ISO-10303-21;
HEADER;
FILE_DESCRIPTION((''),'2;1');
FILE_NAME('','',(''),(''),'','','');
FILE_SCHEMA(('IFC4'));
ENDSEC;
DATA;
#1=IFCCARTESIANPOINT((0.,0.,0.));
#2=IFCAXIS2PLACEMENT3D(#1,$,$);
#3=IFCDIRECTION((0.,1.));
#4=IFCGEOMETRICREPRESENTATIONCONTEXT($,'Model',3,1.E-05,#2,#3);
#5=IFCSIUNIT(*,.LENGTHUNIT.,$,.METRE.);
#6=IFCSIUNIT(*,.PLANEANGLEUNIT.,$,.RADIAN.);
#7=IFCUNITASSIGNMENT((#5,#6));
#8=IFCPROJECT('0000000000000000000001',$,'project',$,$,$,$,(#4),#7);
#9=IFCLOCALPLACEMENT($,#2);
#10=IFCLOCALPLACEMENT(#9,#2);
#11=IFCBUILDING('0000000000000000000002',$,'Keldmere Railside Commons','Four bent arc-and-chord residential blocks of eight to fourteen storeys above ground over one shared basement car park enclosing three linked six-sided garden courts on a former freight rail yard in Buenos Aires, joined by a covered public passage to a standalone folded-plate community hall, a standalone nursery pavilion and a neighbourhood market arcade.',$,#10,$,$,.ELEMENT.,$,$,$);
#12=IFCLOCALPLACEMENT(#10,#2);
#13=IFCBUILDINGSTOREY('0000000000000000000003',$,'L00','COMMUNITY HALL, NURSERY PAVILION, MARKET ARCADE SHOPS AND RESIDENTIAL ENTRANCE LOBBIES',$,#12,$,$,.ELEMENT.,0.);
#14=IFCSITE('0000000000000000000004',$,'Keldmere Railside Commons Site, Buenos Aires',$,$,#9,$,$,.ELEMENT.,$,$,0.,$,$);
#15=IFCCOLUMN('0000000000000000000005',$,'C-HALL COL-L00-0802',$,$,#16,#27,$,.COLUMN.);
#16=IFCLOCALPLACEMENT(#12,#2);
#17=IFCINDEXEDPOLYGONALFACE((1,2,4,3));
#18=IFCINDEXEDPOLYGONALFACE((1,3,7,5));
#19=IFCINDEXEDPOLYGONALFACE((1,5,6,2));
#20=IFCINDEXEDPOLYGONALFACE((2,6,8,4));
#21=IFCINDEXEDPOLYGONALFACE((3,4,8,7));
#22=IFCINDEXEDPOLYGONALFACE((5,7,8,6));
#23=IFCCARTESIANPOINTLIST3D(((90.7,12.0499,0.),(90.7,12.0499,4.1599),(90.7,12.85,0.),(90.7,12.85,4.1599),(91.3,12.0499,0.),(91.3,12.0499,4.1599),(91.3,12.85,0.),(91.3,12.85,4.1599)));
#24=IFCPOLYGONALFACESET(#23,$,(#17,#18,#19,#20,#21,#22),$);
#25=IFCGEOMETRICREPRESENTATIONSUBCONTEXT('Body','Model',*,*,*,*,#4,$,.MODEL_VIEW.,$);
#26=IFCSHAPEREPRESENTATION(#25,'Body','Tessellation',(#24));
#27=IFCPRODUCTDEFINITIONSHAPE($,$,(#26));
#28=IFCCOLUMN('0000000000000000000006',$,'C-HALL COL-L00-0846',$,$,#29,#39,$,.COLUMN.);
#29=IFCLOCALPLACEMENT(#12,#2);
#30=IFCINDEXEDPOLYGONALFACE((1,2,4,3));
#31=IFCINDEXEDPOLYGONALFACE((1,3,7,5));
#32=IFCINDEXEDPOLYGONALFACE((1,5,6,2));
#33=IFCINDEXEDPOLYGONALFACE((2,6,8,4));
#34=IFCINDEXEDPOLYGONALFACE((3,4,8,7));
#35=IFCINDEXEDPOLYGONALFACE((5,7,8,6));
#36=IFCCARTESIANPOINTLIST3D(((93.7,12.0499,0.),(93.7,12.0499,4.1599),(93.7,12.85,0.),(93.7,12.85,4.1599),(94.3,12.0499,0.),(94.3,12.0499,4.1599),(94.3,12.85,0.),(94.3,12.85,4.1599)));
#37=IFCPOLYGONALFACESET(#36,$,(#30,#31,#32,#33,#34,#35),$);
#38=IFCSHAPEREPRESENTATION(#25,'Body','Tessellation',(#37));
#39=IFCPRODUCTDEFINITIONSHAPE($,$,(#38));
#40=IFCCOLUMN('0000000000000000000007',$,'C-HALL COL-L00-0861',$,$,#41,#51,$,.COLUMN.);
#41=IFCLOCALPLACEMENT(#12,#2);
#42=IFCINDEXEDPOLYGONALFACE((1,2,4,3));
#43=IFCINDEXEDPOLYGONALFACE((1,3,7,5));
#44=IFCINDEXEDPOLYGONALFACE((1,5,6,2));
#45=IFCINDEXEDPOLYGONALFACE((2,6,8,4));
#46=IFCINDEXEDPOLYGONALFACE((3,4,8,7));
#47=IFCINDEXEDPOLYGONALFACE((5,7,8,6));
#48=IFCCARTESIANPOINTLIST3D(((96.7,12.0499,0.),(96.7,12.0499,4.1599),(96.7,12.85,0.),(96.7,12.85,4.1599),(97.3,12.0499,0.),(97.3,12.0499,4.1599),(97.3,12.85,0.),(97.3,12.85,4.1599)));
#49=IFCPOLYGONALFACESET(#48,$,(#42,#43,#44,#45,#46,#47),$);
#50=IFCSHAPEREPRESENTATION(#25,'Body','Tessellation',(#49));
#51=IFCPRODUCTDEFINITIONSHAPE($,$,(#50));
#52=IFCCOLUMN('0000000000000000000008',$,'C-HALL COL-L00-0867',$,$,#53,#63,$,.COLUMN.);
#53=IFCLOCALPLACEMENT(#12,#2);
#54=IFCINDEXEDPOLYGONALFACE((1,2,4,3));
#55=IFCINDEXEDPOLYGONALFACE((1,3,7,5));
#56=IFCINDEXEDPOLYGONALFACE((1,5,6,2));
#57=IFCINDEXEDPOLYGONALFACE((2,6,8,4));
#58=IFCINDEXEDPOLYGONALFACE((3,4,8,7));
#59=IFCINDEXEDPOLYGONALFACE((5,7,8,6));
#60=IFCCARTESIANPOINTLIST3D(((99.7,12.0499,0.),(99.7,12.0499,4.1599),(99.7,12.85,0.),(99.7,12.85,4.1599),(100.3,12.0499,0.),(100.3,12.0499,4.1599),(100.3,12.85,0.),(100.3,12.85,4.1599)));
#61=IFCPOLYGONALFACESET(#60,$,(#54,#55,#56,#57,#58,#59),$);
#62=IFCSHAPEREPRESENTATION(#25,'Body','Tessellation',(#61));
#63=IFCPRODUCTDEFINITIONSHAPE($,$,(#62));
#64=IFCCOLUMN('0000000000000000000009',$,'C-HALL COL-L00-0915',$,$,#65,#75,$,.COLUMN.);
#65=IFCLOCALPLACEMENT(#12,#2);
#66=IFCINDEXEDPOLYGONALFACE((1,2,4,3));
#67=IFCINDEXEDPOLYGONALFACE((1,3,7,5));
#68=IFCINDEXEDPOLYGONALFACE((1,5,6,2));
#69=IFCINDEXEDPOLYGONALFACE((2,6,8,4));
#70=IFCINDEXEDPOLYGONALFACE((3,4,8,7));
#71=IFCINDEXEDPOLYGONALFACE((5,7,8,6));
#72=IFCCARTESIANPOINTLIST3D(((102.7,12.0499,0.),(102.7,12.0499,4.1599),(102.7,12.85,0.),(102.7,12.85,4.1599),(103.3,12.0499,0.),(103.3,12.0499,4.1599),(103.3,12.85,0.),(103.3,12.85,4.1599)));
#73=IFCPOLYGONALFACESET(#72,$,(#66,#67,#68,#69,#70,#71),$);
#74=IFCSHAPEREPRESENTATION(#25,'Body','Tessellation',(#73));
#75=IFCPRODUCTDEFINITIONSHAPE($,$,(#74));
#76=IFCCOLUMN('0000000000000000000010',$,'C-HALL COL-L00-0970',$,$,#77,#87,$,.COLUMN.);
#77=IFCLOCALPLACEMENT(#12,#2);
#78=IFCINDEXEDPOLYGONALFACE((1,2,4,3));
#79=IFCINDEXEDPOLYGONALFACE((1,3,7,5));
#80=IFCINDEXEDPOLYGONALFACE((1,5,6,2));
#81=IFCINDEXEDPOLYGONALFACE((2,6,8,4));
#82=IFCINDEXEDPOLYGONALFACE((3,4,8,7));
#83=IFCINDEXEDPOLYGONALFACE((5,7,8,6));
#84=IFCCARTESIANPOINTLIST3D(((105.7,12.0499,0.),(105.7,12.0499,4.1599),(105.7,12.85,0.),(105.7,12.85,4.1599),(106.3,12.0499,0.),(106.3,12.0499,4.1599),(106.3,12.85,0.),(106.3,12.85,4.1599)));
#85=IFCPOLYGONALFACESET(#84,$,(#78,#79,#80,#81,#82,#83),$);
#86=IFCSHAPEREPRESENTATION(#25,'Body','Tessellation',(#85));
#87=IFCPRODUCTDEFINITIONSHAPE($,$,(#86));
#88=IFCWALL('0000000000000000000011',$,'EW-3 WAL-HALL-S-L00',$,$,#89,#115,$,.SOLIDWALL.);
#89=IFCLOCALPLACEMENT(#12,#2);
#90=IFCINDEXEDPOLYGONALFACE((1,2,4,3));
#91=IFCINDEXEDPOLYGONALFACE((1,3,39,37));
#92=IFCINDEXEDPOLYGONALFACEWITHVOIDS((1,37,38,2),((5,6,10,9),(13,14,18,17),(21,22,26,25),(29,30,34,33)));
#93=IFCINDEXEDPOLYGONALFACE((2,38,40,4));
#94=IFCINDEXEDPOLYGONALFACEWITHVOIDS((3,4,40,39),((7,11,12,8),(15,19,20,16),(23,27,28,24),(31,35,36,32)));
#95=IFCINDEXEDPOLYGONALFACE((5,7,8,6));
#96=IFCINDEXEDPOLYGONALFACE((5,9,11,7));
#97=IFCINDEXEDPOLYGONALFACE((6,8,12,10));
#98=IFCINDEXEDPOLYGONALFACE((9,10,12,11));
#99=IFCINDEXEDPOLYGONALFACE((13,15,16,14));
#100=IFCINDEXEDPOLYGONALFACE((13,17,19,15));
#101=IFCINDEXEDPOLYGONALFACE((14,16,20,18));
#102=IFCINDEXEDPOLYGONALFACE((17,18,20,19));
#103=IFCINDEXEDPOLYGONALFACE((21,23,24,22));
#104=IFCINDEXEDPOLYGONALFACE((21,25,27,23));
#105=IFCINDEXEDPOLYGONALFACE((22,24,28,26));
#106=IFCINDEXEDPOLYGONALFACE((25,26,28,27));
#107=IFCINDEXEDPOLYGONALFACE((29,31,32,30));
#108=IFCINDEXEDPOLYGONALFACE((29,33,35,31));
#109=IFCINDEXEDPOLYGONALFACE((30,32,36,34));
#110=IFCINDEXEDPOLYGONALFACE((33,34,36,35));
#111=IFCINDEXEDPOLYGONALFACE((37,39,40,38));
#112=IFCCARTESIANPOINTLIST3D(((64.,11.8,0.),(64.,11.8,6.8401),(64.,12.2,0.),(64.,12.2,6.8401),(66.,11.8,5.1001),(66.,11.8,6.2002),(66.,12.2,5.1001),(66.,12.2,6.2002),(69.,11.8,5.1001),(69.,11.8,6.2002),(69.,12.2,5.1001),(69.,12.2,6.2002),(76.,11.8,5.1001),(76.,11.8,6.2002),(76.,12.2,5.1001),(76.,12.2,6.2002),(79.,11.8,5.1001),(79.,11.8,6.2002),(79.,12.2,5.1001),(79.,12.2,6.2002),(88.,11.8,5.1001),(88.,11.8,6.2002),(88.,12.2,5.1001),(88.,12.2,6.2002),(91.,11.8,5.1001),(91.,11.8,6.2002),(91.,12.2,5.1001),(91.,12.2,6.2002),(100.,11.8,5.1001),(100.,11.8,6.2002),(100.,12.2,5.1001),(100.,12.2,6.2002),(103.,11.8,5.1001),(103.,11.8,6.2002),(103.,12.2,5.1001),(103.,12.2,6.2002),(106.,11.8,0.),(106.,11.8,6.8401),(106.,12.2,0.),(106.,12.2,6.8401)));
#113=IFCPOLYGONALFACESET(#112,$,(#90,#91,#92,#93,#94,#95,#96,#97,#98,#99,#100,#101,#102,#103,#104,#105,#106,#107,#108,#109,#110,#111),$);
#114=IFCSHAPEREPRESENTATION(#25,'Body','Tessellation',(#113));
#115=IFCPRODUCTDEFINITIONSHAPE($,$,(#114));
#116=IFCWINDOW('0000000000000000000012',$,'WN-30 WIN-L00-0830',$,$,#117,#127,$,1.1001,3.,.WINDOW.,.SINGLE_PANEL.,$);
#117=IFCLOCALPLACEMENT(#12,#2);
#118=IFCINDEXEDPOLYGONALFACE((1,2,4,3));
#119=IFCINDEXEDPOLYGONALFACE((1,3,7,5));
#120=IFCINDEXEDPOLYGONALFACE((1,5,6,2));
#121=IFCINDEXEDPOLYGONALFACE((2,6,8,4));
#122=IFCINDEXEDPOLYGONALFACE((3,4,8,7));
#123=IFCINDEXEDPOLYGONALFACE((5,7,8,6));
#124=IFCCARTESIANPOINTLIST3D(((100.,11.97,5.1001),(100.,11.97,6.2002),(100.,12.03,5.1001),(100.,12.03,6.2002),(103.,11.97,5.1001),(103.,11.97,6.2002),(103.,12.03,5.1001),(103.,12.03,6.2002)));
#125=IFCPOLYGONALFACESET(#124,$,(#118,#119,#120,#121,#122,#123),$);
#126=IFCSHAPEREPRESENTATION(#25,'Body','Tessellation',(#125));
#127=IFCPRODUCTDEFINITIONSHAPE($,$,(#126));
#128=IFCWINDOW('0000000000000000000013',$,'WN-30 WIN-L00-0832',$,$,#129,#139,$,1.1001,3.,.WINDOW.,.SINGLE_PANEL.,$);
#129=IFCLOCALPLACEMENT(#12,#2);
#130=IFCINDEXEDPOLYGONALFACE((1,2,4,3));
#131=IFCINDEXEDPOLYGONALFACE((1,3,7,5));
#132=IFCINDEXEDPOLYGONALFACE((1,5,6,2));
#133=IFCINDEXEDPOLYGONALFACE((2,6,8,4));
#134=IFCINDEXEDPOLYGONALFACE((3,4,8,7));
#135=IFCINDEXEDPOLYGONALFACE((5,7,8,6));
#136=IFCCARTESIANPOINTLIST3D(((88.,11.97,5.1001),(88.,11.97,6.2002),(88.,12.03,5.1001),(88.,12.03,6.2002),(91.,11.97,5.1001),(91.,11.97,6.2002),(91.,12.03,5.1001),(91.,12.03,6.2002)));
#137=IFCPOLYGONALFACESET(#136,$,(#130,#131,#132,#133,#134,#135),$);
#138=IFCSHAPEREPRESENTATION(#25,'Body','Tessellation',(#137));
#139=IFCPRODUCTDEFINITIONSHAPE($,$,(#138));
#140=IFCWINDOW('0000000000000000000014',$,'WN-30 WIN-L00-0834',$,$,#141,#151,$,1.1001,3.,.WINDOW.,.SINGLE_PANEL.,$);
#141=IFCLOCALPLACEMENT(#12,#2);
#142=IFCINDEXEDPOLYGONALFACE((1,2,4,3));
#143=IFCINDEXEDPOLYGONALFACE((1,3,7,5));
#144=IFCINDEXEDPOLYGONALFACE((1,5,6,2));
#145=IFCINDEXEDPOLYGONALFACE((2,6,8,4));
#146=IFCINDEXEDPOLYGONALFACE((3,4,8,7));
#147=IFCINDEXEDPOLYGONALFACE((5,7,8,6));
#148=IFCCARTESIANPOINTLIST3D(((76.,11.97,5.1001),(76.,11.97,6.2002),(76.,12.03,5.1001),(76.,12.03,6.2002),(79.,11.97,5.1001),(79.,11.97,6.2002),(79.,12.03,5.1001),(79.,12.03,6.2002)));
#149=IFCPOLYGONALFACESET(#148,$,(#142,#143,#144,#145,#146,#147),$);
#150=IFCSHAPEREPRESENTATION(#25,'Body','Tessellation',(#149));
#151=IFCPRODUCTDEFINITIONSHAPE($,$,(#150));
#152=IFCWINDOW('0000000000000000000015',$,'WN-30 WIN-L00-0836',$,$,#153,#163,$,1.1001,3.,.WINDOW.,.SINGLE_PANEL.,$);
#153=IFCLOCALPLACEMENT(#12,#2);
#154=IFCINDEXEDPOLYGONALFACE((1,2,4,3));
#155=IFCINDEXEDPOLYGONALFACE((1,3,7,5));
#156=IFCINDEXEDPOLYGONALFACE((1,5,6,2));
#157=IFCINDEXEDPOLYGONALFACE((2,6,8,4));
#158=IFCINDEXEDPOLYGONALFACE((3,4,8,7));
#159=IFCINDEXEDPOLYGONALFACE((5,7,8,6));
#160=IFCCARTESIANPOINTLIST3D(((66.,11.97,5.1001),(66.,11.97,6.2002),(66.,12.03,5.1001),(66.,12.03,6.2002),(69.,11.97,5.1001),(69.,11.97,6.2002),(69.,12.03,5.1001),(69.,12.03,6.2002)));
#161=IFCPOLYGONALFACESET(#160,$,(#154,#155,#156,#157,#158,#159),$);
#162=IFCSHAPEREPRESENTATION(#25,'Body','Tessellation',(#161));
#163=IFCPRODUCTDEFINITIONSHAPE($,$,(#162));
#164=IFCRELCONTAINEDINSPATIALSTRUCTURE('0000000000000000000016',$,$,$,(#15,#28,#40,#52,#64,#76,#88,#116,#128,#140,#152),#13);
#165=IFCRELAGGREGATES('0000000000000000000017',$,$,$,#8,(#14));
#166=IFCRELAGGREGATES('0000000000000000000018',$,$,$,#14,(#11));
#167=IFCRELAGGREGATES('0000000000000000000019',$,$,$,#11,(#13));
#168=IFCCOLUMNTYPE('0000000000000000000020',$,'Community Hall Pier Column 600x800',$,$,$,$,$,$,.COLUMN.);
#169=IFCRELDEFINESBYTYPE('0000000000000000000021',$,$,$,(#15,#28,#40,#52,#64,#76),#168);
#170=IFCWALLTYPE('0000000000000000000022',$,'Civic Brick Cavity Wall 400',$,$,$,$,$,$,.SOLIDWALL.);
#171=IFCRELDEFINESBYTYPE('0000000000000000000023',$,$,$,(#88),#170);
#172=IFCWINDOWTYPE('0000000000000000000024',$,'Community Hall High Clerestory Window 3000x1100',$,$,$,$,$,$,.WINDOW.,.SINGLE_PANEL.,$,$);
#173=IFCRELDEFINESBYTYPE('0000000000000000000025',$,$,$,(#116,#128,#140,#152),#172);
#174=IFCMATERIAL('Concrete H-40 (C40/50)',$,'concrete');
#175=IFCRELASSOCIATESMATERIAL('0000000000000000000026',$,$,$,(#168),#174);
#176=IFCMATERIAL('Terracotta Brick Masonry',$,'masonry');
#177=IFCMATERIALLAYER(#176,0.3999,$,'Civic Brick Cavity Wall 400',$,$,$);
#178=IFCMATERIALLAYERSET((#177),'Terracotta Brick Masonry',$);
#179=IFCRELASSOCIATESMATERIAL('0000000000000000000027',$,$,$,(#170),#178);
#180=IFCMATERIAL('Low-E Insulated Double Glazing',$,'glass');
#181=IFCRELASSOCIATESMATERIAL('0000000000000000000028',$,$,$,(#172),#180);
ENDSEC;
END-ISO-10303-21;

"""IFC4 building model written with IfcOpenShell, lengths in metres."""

from ifc_helpers import new_model, si_unit, direction, frame, frame_2d, origin, origin_2d, place, context, subcontext, project, spatial, rectangle, extrude, material, layer, layer_set, material_profile, profile_set, type_object, element, fill, save


model = new_model("IFC4")

# Units and contexts
model_context = context("Model", 3, precision=1e-05, world=origin(), true_north=direction((0.0, 1.0)))
body_context = subcontext(model_context, "Body", "Model", "MODEL_VIEW")
ifc_project = project(units=[si_unit("LENGTHUNIT", "METRE"), si_unit("PLANEANGLEUNIT", "RADIAN")], contexts=[model_context])

# Site, building, storey
site_placement = place(None, origin())
site = spatial("IfcSite", under=ifc_project, at=site_placement, Name="Keldmere Railside Commons Site, Buenos Aires", CompositionType="ELEMENT", RefElevation=0.0)
building_placement = place(site_placement, origin())
building = spatial("IfcBuilding", under=site, at=building_placement, Name="Keldmere Railside Commons", Description="Four bent arc-and-chord residential blocks of eight to fourteen storeys above ground over one shared basement car park enclosing three linked six-sided garden courts on a former freight rail yard in Buenos Aires, joined by a covered public passage to a standalone folded-plate community hall, a standalone nursery pavilion and a neighbourhood market arcade.", CompositionType="ELEMENT")
storey_placement = place(building_placement, origin())
storey = spatial("IfcBuildingStorey", under=building, at=storey_placement, Name="L00", Description="COMMUNITY HALL, NURSERY PAVILION, MARKET ARCADE SHOPS AND RESIDENTIAL ENTRANCE LOBBIES", CompositionType="ELEMENT", Elevation=0.0)

# Columns
ifc_material_1 = material(Name="Concrete H-40 (C40/50)", Category="concrete")
ifc_material_profile = material_profile(ifc_material_1, rectangle(XDim=0.6001, YDim=0.8, at=origin_2d()), Name="RC-600x800")
ifc_profile_set = profile_set([ifc_material_profile], Name="Concrete H-40 (C40/50)")
column_type = type_object("IfcColumnType", Name="Community Hall Pier Column 600x800", PredefinedType="COLUMN", material=ifc_profile_set)
for number, where, z_axis, x_axis, name in (
    (1, (91.0, 12.45, 0.0), (0.0, 0.0, 1.0), (1.0, 0.0, 0.0), "C-HALL COL-L00-0802"),
    (2, (94.0, 12.45, 0.0), (0.0, 0.0, 1.0), (1.0, 0.0, 0.0), "C-HALL COL-L00-0846"),
    (3, (97.0, 12.45, 0.0), (0.0, 0.0, 1.0), (1.0, 0.0, 0.0), "C-HALL COL-L00-0861"),
    (4, (100.0, 12.45, 0.0), (0.0, 0.0, 1.0), (1.0, 0.0, 0.0), "C-HALL COL-L00-0867"),
    (5, (103.0, 12.45, 0.0), (0.0, 0.0, 1.0), (1.0, 0.0, 0.0), "C-HALL COL-L00-0915"),
    (6, (106.0, 12.45, 0.0), (0.0, 0.0, 1.0), (1.0, 0.0, 0.0), "C-HALL COL-L00-0970"),
):
    element("IfcColumn", number, at=place(storey_placement, frame(where, z_axis=z_axis, x_axis=x_axis)), inside=storey, type_object=column_type, Name=name, PredefinedType="COLUMN", context=body_context, shape_type="SweptSolid", body=[
        extrude(rectangle(XDim=0.6001, YDim=0.8, at=origin_2d()), origin(), (0.0, 0.0, 1.0), 4.1599),
    ])

# Wall, openings, windows
ifc_material_2 = material(Name="Terracotta Brick Masonry", Category="masonry")
ifc_layer_1 = layer(ifc_material_2, 0.3999, Name="Civic Brick Cavity Wall 400")
ifc_layer_set_1 = layer_set([ifc_layer_1], Name="Terracotta Brick Masonry")
wall_type = type_object("IfcWallType", Name="Civic Brick Cavity Wall 400", PredefinedType="SOLIDWALL", material=ifc_layer_set_1)
wall_placement = place(storey_placement, frame((106.0, 12.0, 0.0), z_axis=(0.0, 0.0, 1.0), x_axis=(-1.0, 0.0, 0.0)))
wall = element("IfcWall", 7, at=wall_placement, inside=storey, type_object=wall_type, Name="EW-3 WAL-HALL-S-L00", PredefinedType="SOLIDWALL", context=body_context, shape_type="SweptSolid", body=[
    extrude(rectangle(XDim=42.0, YDim=0.3999, at=frame_2d((21.0, 0.0))), origin(), (0.0, 0.0, 1.0), 6.8401),
])
opening_1_placement = place(wall_placement, frame((3.0, 0.0, 5.1001)))
opening_1 = element("IfcOpeningElement", 8, at=opening_1_placement, cuts=wall, PredefinedType="OPENING", context=body_context, shape_type="SweptSolid", body=[
    extrude(rectangle(XDim=3.0, YDim=1.1001, at=frame_2d((1.5, 0.55))), frame((0.0, 0.21, 0.0), z_axis=(0.0, -1.0, 0.0), x_axis=(1.0, 0.0, 0.0)), (0.0, 0.0, 1.0), 0.4199),
])
opening_2_placement = place(wall_placement, frame((15.0, 0.0, 5.1001)))
opening_2 = element("IfcOpeningElement", 9, at=opening_2_placement, cuts=wall, PredefinedType="OPENING", context=body_context, shape_type="SweptSolid", body=[
    extrude(rectangle(XDim=3.0, YDim=1.1001, at=frame_2d((1.5, 0.55))), frame((0.0, 0.21, 0.0), z_axis=(0.0, -1.0, 0.0), x_axis=(1.0, 0.0, 0.0)), (0.0, 0.0, 1.0), 0.4199),
])
opening_3_placement = place(wall_placement, frame((27.0, 0.0, 5.1001)))
opening_3 = element("IfcOpeningElement", 10, at=opening_3_placement, cuts=wall, PredefinedType="OPENING", context=body_context, shape_type="SweptSolid", body=[
    extrude(rectangle(XDim=3.0, YDim=1.1001, at=frame_2d((1.5, 0.55))), frame((0.0, 0.21, 0.0), z_axis=(0.0, -1.0, 0.0), x_axis=(1.0, 0.0, 0.0)), (0.0, 0.0, 1.0), 0.4199),
])
opening_4_placement = place(wall_placement, frame((37.0, 0.0, 5.1001)))
opening_4 = element("IfcOpeningElement", 11, at=opening_4_placement, cuts=wall, PredefinedType="OPENING", context=body_context, shape_type="SweptSolid", body=[
    extrude(rectangle(XDim=3.0, YDim=1.1001, at=frame_2d((1.5, 0.55))), frame((0.0, 0.21, 0.0), z_axis=(0.0, -1.0, 0.0), x_axis=(1.0, 0.0, 0.0)), (0.0, 0.0, 1.0), 0.4199),
])
ifc_material_3 = material(Name="Low-E Insulated Double Glazing", Category="glass")
window_type = type_object("IfcWindowType", Name="Community Hall High Clerestory Window 3000x1100", PartitioningType="SINGLE_PANEL", PredefinedType="WINDOW", material=ifc_material_3)
window_1_placement = place(opening_1_placement, origin())
window_1 = element("IfcWindow", 12, at=window_1_placement, inside=storey, type_object=window_type, Name="WN-30 WIN-L00-0830", OverallHeight=1.1001, OverallWidth=3.0, PartitioningType="SINGLE_PANEL", PredefinedType="WINDOW", context=body_context, shape_type="SweptSolid", body=[
    extrude(rectangle(XDim=3.0, YDim=1.1001, at=frame_2d((1.5, 0.55))), frame((0.0, 0.03, 0.0), z_axis=(0.0, -1.0, 0.0), x_axis=(1.0, 0.0, 0.0)), (0.0, 0.0, 1.0), 0.0601),
])
fill(opening_1, window_1)
window_2_placement = place(opening_2_placement, origin())
window_2 = element("IfcWindow", 13, at=window_2_placement, inside=storey, type_object=window_type, Name="WN-30 WIN-L00-0832", OverallHeight=1.1001, OverallWidth=3.0, PartitioningType="SINGLE_PANEL", PredefinedType="WINDOW", context=body_context, shape_type="SweptSolid", body=[
    extrude(rectangle(XDim=3.0, YDim=1.1001, at=frame_2d((1.5, 0.55))), frame((0.0, 0.03, 0.0), z_axis=(0.0, -1.0, 0.0), x_axis=(1.0, 0.0, 0.0)), (0.0, 0.0, 1.0), 0.0601),
])
fill(opening_2, window_2)
window_3_placement = place(opening_3_placement, origin())
window_3 = element("IfcWindow", 14, at=window_3_placement, inside=storey, type_object=window_type, Name="WN-30 WIN-L00-0834", OverallHeight=1.1001, OverallWidth=3.0, PartitioningType="SINGLE_PANEL", PredefinedType="WINDOW", context=body_context, shape_type="SweptSolid", body=[
    extrude(rectangle(XDim=3.0, YDim=1.1001, at=frame_2d((1.5, 0.55))), frame((0.0, 0.03, 0.0), z_axis=(0.0, -1.0, 0.0), x_axis=(1.0, 0.0, 0.0)), (0.0, 0.0, 1.0), 0.0601),
])
fill(opening_3, window_3)
window_4_placement = place(opening_4_placement, origin())
window_4 = element("IfcWindow", 15, at=window_4_placement, inside=storey, type_object=window_type, Name="WN-30 WIN-L00-0836", OverallHeight=1.1001, OverallWidth=3.0, PartitioningType="SINGLE_PANEL", PredefinedType="WINDOW", context=body_context, shape_type="SweptSolid", body=[
    extrude(rectangle(XDim=3.0, YDim=1.1001, at=frame_2d((1.5, 0.55))), frame((0.0, 0.03, 0.0), z_axis=(0.0, -1.0, 0.0), x_axis=(1.0, 0.0, 0.0)), (0.0, 0.0, 1.0), 0.0601),
])
fill(opening_4, window_4)

save(model, "model.ifc")
